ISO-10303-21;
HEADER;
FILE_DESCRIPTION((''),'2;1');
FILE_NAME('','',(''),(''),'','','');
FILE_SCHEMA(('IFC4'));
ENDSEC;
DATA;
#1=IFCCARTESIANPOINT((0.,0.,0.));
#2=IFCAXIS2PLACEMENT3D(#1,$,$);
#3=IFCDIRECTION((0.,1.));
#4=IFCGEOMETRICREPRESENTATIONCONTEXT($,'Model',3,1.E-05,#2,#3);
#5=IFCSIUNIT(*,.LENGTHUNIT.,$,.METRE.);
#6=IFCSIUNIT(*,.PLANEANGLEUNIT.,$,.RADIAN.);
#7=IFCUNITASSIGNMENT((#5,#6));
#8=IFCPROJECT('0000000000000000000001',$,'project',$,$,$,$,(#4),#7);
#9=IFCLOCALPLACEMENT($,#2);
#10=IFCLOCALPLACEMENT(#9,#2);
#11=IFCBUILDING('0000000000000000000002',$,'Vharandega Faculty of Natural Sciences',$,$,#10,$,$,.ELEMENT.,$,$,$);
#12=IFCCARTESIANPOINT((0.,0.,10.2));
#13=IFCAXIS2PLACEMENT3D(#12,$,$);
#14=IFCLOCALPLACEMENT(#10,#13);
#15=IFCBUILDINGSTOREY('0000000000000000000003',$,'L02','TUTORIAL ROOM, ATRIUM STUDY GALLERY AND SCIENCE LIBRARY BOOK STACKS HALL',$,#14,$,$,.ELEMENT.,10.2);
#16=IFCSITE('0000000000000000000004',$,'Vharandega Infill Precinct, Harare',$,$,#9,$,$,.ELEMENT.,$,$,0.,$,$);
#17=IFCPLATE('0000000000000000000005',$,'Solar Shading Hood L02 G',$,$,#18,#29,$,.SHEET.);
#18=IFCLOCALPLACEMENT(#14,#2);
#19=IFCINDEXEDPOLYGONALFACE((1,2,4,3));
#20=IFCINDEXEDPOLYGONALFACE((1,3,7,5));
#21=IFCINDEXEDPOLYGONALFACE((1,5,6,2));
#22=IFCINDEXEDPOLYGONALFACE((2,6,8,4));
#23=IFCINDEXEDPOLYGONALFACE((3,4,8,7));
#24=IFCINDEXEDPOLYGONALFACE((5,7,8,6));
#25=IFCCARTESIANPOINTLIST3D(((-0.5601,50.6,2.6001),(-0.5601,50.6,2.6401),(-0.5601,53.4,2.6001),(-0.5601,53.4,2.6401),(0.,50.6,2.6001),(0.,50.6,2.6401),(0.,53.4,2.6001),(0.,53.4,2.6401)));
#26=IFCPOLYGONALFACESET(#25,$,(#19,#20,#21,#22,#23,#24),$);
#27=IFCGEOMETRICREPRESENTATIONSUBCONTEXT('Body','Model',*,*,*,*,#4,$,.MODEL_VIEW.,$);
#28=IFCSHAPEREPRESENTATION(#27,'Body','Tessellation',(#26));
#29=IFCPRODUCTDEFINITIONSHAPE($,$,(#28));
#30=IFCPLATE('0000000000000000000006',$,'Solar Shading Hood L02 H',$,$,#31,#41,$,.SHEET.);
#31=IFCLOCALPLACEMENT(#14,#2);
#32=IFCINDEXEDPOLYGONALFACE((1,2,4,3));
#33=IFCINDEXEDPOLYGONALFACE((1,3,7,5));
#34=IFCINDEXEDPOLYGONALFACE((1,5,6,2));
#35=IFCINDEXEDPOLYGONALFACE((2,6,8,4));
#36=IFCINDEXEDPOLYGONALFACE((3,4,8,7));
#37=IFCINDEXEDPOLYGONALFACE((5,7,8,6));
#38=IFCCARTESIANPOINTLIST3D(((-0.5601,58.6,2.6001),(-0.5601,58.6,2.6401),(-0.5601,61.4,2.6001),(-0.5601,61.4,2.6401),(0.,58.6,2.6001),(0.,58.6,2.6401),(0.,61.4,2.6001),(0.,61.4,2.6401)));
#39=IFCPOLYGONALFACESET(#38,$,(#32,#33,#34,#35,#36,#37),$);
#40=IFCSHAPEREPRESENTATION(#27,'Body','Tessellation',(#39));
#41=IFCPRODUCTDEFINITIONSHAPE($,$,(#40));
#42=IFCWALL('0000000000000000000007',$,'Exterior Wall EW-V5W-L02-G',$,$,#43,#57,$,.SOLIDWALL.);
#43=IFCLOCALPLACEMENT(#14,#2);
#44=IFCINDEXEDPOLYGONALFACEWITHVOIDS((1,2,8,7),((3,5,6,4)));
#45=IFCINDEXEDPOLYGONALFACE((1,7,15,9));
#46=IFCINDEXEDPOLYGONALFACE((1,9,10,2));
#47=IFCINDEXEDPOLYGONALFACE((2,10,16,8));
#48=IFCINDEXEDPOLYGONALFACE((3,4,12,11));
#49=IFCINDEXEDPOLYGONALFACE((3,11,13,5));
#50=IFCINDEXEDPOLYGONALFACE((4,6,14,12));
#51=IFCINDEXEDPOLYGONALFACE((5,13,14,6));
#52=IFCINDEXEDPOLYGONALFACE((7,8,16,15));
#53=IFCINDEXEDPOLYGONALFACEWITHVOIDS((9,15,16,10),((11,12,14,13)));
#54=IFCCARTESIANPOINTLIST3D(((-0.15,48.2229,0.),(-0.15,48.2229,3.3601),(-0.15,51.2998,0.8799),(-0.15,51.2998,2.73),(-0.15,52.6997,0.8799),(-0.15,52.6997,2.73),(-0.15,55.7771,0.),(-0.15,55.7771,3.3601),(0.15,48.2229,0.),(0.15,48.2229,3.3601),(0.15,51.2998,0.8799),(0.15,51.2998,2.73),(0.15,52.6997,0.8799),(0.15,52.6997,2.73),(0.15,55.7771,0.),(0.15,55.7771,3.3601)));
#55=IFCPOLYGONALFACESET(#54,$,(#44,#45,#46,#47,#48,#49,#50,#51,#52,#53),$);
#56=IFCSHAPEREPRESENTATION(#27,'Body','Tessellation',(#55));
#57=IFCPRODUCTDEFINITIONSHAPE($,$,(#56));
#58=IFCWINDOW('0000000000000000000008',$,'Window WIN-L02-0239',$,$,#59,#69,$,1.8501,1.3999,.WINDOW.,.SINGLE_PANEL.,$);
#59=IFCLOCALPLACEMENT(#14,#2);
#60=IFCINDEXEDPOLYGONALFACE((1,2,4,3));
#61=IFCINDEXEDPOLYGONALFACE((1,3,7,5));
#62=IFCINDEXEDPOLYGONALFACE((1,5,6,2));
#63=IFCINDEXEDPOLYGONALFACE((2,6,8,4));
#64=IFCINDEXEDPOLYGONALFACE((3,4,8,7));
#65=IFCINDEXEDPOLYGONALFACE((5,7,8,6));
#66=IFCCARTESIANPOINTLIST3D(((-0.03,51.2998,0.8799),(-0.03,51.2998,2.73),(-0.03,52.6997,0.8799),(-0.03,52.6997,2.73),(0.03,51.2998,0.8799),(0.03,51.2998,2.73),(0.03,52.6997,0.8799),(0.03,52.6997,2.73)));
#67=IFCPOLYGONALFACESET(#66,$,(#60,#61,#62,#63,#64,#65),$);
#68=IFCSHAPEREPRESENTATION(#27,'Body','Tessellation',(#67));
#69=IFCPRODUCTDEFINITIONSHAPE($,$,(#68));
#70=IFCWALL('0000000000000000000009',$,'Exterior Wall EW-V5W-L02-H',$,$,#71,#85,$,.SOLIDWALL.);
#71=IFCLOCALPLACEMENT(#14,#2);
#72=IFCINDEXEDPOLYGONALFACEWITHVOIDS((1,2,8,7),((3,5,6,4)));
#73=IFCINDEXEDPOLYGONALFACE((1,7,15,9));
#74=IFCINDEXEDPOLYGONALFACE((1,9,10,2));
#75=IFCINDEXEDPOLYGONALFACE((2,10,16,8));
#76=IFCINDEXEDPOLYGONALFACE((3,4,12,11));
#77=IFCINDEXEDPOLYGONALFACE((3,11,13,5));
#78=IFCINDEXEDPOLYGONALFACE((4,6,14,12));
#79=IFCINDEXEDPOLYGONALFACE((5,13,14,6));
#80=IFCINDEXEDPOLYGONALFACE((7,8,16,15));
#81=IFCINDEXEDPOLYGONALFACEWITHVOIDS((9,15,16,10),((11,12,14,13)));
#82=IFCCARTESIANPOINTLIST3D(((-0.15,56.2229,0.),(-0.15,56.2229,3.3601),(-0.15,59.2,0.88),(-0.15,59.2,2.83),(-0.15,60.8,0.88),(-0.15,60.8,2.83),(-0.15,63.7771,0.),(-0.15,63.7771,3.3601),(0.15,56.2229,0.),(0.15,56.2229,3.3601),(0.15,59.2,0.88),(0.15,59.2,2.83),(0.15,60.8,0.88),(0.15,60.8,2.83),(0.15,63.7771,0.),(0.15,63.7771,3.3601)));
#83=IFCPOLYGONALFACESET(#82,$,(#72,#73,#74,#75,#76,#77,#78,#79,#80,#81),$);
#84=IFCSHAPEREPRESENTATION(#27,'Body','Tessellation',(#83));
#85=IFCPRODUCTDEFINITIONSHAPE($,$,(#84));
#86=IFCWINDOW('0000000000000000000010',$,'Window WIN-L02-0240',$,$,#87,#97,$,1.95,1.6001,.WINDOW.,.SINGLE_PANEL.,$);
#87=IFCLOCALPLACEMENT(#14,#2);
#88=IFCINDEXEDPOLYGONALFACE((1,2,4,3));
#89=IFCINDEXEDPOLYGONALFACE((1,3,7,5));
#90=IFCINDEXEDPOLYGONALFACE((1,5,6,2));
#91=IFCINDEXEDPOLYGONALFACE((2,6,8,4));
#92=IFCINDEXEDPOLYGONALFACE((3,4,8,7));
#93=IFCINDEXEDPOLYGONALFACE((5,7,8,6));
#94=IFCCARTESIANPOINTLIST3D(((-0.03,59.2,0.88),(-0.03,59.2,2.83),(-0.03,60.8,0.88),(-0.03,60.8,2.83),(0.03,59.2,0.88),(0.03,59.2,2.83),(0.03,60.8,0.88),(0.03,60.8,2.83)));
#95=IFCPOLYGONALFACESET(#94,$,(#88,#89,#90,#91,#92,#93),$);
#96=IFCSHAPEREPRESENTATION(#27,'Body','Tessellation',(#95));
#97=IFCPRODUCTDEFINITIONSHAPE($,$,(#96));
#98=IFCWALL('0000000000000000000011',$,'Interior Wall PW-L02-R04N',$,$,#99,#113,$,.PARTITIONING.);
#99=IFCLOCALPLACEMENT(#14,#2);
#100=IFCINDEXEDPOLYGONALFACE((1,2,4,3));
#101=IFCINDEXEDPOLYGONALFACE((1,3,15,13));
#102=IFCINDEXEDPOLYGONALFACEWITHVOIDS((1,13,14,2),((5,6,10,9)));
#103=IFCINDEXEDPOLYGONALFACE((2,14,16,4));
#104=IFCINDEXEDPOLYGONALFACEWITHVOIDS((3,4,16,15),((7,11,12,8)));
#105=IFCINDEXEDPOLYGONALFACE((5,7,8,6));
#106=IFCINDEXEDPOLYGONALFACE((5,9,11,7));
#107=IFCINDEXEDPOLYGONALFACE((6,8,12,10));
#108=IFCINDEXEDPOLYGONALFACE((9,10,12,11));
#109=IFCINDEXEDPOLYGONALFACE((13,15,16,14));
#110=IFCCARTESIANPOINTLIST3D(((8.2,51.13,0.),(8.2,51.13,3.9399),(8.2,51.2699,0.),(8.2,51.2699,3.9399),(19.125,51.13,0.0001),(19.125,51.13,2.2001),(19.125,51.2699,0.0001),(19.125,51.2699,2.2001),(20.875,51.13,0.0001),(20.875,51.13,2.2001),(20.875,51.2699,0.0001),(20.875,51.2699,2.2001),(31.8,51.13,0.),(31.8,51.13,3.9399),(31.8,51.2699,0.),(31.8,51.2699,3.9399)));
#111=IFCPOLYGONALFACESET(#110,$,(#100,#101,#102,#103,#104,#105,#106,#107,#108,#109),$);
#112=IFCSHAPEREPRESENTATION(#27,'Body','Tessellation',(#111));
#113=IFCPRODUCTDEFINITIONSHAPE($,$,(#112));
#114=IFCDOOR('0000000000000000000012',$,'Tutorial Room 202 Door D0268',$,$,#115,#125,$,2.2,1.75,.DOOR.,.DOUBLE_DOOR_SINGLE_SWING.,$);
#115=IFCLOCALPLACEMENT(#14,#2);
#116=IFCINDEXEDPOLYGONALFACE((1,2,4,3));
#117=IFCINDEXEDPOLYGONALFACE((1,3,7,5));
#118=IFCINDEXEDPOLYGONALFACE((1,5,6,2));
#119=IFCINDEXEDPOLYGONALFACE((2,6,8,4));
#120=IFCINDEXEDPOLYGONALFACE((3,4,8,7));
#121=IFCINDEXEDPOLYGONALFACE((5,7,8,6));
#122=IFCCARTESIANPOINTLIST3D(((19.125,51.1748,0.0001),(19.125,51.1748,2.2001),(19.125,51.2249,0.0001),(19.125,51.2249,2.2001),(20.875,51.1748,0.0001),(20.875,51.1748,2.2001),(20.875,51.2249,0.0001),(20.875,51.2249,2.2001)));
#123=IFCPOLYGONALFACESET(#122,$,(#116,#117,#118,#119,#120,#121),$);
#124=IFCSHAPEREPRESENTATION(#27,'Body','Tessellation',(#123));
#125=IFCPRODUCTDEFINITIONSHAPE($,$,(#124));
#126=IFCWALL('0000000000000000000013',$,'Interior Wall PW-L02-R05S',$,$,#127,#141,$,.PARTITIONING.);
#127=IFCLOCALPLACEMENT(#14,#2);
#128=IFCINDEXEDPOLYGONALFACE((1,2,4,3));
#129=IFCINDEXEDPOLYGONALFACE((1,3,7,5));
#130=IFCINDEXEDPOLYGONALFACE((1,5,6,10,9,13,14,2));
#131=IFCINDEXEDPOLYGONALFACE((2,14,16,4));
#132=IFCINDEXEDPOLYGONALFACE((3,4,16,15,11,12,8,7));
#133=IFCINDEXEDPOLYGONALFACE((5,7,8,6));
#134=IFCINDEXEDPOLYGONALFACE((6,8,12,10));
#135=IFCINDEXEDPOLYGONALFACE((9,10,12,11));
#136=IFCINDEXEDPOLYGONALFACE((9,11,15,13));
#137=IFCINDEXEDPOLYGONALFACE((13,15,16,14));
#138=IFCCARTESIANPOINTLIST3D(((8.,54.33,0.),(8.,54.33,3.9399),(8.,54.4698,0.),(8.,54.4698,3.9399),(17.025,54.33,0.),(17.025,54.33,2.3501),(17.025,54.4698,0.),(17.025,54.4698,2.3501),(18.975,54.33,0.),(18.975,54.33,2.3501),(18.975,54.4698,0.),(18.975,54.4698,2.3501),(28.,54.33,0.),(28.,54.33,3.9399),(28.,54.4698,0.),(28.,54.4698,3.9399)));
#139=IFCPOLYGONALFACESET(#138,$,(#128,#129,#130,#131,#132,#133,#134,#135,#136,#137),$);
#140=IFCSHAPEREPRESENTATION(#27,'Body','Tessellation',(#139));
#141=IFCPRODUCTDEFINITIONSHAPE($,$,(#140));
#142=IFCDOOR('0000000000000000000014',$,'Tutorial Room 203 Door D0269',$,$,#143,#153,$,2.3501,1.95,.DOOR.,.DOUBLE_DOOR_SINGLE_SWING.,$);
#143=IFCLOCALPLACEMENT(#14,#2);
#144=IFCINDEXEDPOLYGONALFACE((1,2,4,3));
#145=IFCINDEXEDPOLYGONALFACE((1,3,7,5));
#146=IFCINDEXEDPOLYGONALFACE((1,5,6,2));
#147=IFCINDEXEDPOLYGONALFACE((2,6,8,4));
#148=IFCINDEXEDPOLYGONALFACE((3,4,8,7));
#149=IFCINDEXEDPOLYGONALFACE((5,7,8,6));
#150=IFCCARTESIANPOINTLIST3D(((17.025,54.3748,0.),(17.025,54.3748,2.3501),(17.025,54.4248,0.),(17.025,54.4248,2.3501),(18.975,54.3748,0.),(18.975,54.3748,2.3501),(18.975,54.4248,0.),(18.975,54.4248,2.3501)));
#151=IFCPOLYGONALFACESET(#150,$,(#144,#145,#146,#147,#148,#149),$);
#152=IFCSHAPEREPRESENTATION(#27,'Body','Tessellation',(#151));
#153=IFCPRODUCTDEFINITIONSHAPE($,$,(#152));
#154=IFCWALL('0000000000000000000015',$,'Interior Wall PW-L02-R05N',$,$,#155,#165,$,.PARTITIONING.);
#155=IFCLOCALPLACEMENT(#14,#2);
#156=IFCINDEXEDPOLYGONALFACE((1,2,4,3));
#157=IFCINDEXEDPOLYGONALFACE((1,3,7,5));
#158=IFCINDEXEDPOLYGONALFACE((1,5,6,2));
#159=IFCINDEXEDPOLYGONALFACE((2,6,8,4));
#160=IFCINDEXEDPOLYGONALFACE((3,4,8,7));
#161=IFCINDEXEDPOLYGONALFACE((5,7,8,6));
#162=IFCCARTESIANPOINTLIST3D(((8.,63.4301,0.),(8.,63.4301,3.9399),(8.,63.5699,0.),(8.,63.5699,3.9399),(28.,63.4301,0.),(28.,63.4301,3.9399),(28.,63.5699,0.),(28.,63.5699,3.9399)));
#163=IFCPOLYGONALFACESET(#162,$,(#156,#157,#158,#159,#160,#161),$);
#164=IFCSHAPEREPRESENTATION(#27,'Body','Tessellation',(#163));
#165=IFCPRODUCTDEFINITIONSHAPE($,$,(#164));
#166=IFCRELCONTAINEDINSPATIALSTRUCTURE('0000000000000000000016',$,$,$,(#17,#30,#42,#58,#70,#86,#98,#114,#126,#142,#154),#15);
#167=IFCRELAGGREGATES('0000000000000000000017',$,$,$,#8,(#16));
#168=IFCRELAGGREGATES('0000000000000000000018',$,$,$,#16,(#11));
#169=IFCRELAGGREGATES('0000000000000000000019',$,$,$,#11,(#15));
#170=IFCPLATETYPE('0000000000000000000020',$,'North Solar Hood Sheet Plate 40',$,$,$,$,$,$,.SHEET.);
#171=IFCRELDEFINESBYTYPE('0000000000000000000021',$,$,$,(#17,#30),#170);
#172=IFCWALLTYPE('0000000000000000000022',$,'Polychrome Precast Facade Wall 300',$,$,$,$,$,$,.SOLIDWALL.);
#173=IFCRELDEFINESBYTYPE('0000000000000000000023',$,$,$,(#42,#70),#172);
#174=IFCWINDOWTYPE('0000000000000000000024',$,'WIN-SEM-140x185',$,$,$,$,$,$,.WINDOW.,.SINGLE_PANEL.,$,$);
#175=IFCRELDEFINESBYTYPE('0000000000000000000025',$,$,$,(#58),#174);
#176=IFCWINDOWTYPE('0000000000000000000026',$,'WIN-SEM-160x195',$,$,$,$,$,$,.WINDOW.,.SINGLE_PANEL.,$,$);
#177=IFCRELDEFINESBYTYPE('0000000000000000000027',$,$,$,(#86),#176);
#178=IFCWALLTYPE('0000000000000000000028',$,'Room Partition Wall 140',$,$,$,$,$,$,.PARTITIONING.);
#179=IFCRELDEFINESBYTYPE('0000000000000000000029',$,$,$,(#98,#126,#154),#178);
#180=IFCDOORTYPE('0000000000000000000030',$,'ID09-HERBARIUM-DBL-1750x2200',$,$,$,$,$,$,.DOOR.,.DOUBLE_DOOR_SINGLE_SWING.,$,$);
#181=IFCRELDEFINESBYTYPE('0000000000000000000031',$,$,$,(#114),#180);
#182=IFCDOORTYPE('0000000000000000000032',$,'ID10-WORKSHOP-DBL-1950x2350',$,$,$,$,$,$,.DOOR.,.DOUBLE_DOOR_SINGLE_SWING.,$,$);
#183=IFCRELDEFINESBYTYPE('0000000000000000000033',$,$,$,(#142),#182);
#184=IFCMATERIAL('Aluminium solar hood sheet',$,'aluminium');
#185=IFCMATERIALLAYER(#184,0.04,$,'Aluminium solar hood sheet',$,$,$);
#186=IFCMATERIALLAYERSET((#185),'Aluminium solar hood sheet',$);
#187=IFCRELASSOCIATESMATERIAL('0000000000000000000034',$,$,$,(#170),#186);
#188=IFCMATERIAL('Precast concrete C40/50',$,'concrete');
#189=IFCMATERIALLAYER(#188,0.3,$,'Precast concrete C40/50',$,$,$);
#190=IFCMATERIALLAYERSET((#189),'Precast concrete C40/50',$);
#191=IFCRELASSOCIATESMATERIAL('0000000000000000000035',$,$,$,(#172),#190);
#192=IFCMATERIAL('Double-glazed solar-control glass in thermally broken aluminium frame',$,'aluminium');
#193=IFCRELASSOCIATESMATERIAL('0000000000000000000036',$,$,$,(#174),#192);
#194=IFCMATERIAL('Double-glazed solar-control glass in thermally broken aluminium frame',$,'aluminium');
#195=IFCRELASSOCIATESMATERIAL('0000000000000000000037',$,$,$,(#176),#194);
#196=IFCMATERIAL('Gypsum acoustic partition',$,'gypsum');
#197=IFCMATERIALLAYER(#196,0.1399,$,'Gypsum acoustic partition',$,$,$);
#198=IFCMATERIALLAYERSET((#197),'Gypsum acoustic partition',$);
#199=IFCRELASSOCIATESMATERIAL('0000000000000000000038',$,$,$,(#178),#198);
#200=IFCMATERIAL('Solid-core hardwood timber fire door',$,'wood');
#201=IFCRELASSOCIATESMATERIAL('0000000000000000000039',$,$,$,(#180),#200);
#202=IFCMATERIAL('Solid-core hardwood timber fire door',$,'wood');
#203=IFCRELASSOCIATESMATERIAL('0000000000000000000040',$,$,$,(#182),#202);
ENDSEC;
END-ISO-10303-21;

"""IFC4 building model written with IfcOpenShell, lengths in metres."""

from ifc_helpers import new_model, si_unit, direction, frame, frame_2d, origin, origin_2d, place, context, subcontext, project, spatial, rectangle, extrude, material, layer, layer_set, type_object, element, fill, save


model = new_model("IFC4")

# Units and contexts
model_context = context("Model", 3, precision=1e-05, world=origin(), true_north=direction((0.0, 1.0)))
body_context = subcontext(model_context, "Body", "Model", "MODEL_VIEW")
ifc_project = project(units=[si_unit("LENGTHUNIT", "METRE"), si_unit("PLANEANGLEUNIT", "RADIAN")], contexts=[model_context])

# Site, building, storey
site_placement = place(None, origin())
site = spatial("IfcSite", under=ifc_project, at=site_placement, Name="Vharandega Infill Precinct, Harare", CompositionType="ELEMENT", RefElevation=0.0)
building_placement = place(site_placement, origin())
building = spatial("IfcBuilding", under=site, at=building_placement, Name="Vharandega Faculty of Natural Sciences", CompositionType="ELEMENT")
storey_placement = place(building_placement, frame((0.0, 0.0, 10.2)))
storey = spatial("IfcBuildingStorey", under=building, at=storey_placement, Name="L02", Description="TUTORIAL ROOM, ATRIUM STUDY GALLERY AND SCIENCE LIBRARY BOOK STACKS HALL", CompositionType="ELEMENT", Elevation=10.2)

# Plates
ifc_material_1 = material(Name="Aluminium solar hood sheet", Category="aluminium")
ifc_layer_1 = layer(ifc_material_1, 0.04, Name="Aluminium solar hood sheet")
ifc_layer_set_1 = layer_set([ifc_layer_1], Name="Aluminium solar hood sheet")
plate_type = type_object("IfcPlateType", Name="North Solar Hood Sheet Plate 40", PredefinedType="SHEET", material=ifc_layer_set_1)
for number, where, z_axis, x_axis, name in (
    (1, (-0.28, 52.0, 2.6001), (0.0, 0.0, 1.0), (1.0, 0.0, 0.0), "Solar Shading Hood L02 G"),
    (2, (-0.28, 60.0, 2.6001), (0.0, 0.0, 1.0), (1.0, 0.0, 0.0), "Solar Shading Hood L02 H"),
):
    element("IfcPlate", number, at=place(storey_placement, frame(where, z_axis=z_axis, x_axis=x_axis)), inside=storey, type_object=plate_type, Name=name, PredefinedType="SHEET", context=body_context, shape_type="SweptSolid", body=[
        extrude(rectangle(XDim=0.5601, YDim=2.8, at=origin_2d()), origin(), (0.0, 0.0, 1.0), 0.04),
    ])

# Walls, openings, windows
ifc_material_2 = material(Name="Precast concrete C40/50", Category="concrete")
ifc_layer_2 = layer(ifc_material_2, 0.3, Name="Precast concrete C40/50")
ifc_layer_set_2 = layer_set([ifc_layer_2], Name="Precast concrete C40/50")
wall_type_1 = type_object("IfcWallType", Name="Polychrome Precast Facade Wall 300", PredefinedType="SOLIDWALL", material=ifc_layer_set_2)
wall_1_placement = place(storey_placement, frame((0.0, 48.2229, 0.0), z_axis=(0.0, 0.0, 1.0), x_axis=(0.0, 1.0, 0.0)))
wall_1 = element("IfcWall", 3, at=wall_1_placement, inside=storey, type_object=wall_type_1, Name="Exterior Wall EW-V5W-L02-G", PredefinedType="SOLIDWALL", context=body_context, shape_type="SweptSolid", body=[
    extrude(rectangle(XDim=7.5542, YDim=0.3, at=frame_2d((3.7771, 0.0))), origin(), (0.0, 0.0, 1.0), 3.3601),
])
opening_1_placement = place(wall_1_placement, frame((3.0769, 0.0, 0.8799)))
opening_1 = element("IfcOpeningElement", 4, at=opening_1_placement, cuts=wall_1, PredefinedType="OPENING", context=body_context, shape_type="SweptSolid", body=[
    extrude(rectangle(XDim=1.3999, YDim=1.8501, at=frame_2d((0.7, 0.925))), frame((0.0, 0.1602, 0.0), z_axis=(0.0, -1.0, 0.0), x_axis=(1.0, 0.0, 0.0)), (0.0, 0.0, 1.0), 0.3201),
])
ifc_material_3 = material(Name="Double-glazed solar-control glass in thermally broken aluminium frame", Category="aluminium")
window_type_1 = type_object("IfcWindowType", Name="WIN-SEM-140x185", PartitioningType="SINGLE_PANEL", PredefinedType="WINDOW", material=ifc_material_3)
window_1_placement = place(opening_1_placement, origin())
window_1 = element("IfcWindow", 5, at=window_1_placement, inside=storey, type_object=window_type_1, Name="Window WIN-L02-0239", OverallHeight=1.8501, OverallWidth=1.3999, PartitioningType="SINGLE_PANEL", PredefinedType="WINDOW", context=body_context, shape_type="SweptSolid", body=[
    extrude(rectangle(XDim=1.3999, YDim=1.8501, at=frame_2d((0.7, 0.925))), frame((0.0, 0.03, 0.0), z_axis=(0.0, -1.0, 0.0), x_axis=(1.0, 0.0, 0.0)), (0.0, 0.0, 1.0), 0.0601),
])
fill(opening_1, window_1)
wall_2_placement = place(storey_placement, frame((0.0, 56.2229, 0.0), z_axis=(0.0, 0.0, 1.0), x_axis=(0.0, 1.0, 0.0)))
wall_2 = element("IfcWall", 6, at=wall_2_placement, inside=storey, type_object=wall_type_1, Name="Exterior Wall EW-V5W-L02-H", PredefinedType="SOLIDWALL", context=body_context, shape_type="SweptSolid", body=[
    extrude(rectangle(XDim=7.5542, YDim=0.3, at=frame_2d((3.7771, 0.0))), origin(), (0.0, 0.0, 1.0), 3.3601),
])
opening_2_placement = place(wall_2_placement, frame((2.9771, 0.0, 0.8799)))
opening_2 = element("IfcOpeningElement", 7, at=opening_2_placement, cuts=wall_2, PredefinedType="OPENING", context=body_context, shape_type="SweptSolid", body=[
    extrude(rectangle(XDim=1.6001, YDim=1.95, at=frame_2d((0.8, 0.9751))), frame((0.0, 0.1602, 0.0), z_axis=(0.0, -1.0, 0.0), x_axis=(1.0, 0.0, 0.0)), (0.0, 0.0, 1.0), 0.3201),
])
ifc_material_4 = material(Name="Double-glazed solar-control glass in thermally broken aluminium frame", Category="aluminium")
window_type_2 = type_object("IfcWindowType", Name="WIN-SEM-160x195", PartitioningType="SINGLE_PANEL", PredefinedType="WINDOW", material=ifc_material_4)
window_2_placement = place(opening_2_placement, origin())
window_2 = element("IfcWindow", 8, at=window_2_placement, inside=storey, type_object=window_type_2, Name="Window WIN-L02-0240", OverallHeight=1.95, OverallWidth=1.6001, PartitioningType="SINGLE_PANEL", PredefinedType="WINDOW", context=body_context, shape_type="SweptSolid", body=[
    extrude(rectangle(XDim=1.6001, YDim=1.95, at=frame_2d((0.8, 0.9751))), frame((0.0, 0.03, 0.0), z_axis=(0.0, -1.0, 0.0), x_axis=(1.0, 0.0, 0.0)), (0.0, 0.0, 1.0), 0.0601),
])
fill(opening_2, window_2)

# Walls, openings, doors
ifc_material_5 = material(Name="Gypsum acoustic partition", Category="gypsum")
ifc_layer_3 = layer(ifc_material_5, 0.1399, Name="Gypsum acoustic partition")
ifc_layer_set_3 = layer_set([ifc_layer_3], Name="Gypsum acoustic partition")
wall_type_2 = type_object("IfcWallType", Name="Room Partition Wall 140", PredefinedType="PARTITIONING", material=ifc_layer_set_3)
wall_3_placement = place(storey_placement, frame((8.2, 51.2, 0.0), z_axis=(0.0, 0.0, 1.0), x_axis=(1.0, 0.0, 0.0)))
wall_3 = element("IfcWall", 9, at=wall_3_placement, inside=storey, type_object=wall_type_2, Name="Interior Wall PW-L02-R04N", PredefinedType="PARTITIONING", context=body_context, shape_type="SweptSolid", body=[
    extrude(rectangle(XDim=23.6001, YDim=0.1399, at=frame_2d((11.8, 0.0))), origin(), (0.0, 0.0, 1.0), 3.9399),
])
opening_3_placement = place(wall_3_placement, frame((10.925, 0.0, 0.0)))
opening_3 = element("IfcOpeningElement", 10, at=opening_3_placement, cuts=wall_3, PredefinedType="OPENING", context=body_context, shape_type="SweptSolid", body=[
    extrude(rectangle(XDim=1.75, YDim=2.2, at=frame_2d((0.875, 1.1001))), frame((0.0, 0.0801, 0.0), z_axis=(0.0, -1.0, 0.0), x_axis=(1.0, 0.0, 0.0)), (0.0, 0.0, 1.0), 0.1599),
])
ifc_material_6 = material(Name="Solid-core hardwood timber fire door", Category="wood")
door_type_1 = type_object("IfcDoorType", Name="ID09-HERBARIUM-DBL-1750x2200", OperationType="DOUBLE_DOOR_SINGLE_SWING", PredefinedType="DOOR", material=ifc_material_6)
door_1_placement = place(opening_3_placement, origin())
door_1 = element("IfcDoor", 11, at=door_1_placement, inside=storey, type_object=door_type_1, Name="Tutorial Room 202 Door D0268", OperationType="DOUBLE_DOOR_SINGLE_SWING", OverallHeight=2.2, OverallWidth=1.75, PredefinedType="DOOR", context=body_context, shape_type="SweptSolid", body=[
    extrude(rectangle(XDim=1.75, YDim=2.2, at=frame_2d((0.875, 1.1001))), frame((0.0, 0.0249, 0.0), z_axis=(0.0, -1.0, 0.0), x_axis=(1.0, 0.0, 0.0)), (0.0, 0.0, 1.0), 0.05),
])
fill(opening_3, door_1)
wall_4_placement = place(storey_placement, frame((8.0, 54.3999, 0.0), z_axis=(0.0, 0.0, 1.0), x_axis=(1.0, 0.0, 0.0)))
wall_4 = element("IfcWall", 12, at=wall_4_placement, inside=storey, type_object=wall_type_2, Name="Interior Wall PW-L02-R05S", PredefinedType="PARTITIONING", context=body_context, shape_type="SweptSolid", body=[
    extrude(rectangle(XDim=20.0, YDim=0.1399, at=frame_2d((10.0, 0.0))), origin(), (0.0, 0.0, 1.0), 3.9399),
])
opening_4_placement = place(wall_4_placement, frame((9.0249, 0.0, 0.0)))
opening_4 = element("IfcOpeningElement", 13, at=opening_4_placement, cuts=wall_4, PredefinedType="OPENING", context=body_context, shape_type="SweptSolid", body=[
    extrude(rectangle(XDim=1.95, YDim=2.3501, at=frame_2d((0.9751, 1.175))), frame((0.0, 0.0801, 0.0), z_axis=(0.0, -1.0, 0.0), x_axis=(1.0, 0.0, 0.0)), (0.0, 0.0, 1.0), 0.1599),
])
ifc_material_7 = material(Name="Solid-core hardwood timber fire door", Category="wood")
door_type_2 = type_object("IfcDoorType", Name="ID10-WORKSHOP-DBL-1950x2350", OperationType="DOUBLE_DOOR_SINGLE_SWING", PredefinedType="DOOR", material=ifc_material_7)
door_2_placement = place(opening_4_placement, origin())
door_2 = element("IfcDoor", 14, at=door_2_placement, inside=storey, type_object=door_type_2, Name="Tutorial Room 203 Door D0269", OperationType="DOUBLE_DOOR_SINGLE_SWING", OverallHeight=2.3501, OverallWidth=1.95, PredefinedType="DOOR", context=body_context, shape_type="SweptSolid", body=[
    extrude(rectangle(XDim=1.95, YDim=2.3501, at=frame_2d((0.9751, 1.175))), frame((0.0, 0.0249, 0.0), z_axis=(0.0, -1.0, 0.0), x_axis=(1.0, 0.0, 0.0)), (0.0, 0.0, 1.0), 0.05),
])
fill(opening_4, door_2)

# Wall
wall_5_placement = place(storey_placement, frame((8.0, 63.5, 0.0), z_axis=(0.0, 0.0, 1.0), x_axis=(1.0, 0.0, 0.0)))
element("IfcWall", 15, at=wall_5_placement, inside=storey, type_object=wall_type_2, Name="Interior Wall PW-L02-R05N", PredefinedType="PARTITIONING", context=body_context, shape_type="SweptSolid", body=[
    extrude(rectangle(XDim=20.0, YDim=0.1399, at=frame_2d((10.0, 0.0))), origin(), (0.0, 0.0, 1.0), 3.9399),
])

save(model, "model.ifc")
